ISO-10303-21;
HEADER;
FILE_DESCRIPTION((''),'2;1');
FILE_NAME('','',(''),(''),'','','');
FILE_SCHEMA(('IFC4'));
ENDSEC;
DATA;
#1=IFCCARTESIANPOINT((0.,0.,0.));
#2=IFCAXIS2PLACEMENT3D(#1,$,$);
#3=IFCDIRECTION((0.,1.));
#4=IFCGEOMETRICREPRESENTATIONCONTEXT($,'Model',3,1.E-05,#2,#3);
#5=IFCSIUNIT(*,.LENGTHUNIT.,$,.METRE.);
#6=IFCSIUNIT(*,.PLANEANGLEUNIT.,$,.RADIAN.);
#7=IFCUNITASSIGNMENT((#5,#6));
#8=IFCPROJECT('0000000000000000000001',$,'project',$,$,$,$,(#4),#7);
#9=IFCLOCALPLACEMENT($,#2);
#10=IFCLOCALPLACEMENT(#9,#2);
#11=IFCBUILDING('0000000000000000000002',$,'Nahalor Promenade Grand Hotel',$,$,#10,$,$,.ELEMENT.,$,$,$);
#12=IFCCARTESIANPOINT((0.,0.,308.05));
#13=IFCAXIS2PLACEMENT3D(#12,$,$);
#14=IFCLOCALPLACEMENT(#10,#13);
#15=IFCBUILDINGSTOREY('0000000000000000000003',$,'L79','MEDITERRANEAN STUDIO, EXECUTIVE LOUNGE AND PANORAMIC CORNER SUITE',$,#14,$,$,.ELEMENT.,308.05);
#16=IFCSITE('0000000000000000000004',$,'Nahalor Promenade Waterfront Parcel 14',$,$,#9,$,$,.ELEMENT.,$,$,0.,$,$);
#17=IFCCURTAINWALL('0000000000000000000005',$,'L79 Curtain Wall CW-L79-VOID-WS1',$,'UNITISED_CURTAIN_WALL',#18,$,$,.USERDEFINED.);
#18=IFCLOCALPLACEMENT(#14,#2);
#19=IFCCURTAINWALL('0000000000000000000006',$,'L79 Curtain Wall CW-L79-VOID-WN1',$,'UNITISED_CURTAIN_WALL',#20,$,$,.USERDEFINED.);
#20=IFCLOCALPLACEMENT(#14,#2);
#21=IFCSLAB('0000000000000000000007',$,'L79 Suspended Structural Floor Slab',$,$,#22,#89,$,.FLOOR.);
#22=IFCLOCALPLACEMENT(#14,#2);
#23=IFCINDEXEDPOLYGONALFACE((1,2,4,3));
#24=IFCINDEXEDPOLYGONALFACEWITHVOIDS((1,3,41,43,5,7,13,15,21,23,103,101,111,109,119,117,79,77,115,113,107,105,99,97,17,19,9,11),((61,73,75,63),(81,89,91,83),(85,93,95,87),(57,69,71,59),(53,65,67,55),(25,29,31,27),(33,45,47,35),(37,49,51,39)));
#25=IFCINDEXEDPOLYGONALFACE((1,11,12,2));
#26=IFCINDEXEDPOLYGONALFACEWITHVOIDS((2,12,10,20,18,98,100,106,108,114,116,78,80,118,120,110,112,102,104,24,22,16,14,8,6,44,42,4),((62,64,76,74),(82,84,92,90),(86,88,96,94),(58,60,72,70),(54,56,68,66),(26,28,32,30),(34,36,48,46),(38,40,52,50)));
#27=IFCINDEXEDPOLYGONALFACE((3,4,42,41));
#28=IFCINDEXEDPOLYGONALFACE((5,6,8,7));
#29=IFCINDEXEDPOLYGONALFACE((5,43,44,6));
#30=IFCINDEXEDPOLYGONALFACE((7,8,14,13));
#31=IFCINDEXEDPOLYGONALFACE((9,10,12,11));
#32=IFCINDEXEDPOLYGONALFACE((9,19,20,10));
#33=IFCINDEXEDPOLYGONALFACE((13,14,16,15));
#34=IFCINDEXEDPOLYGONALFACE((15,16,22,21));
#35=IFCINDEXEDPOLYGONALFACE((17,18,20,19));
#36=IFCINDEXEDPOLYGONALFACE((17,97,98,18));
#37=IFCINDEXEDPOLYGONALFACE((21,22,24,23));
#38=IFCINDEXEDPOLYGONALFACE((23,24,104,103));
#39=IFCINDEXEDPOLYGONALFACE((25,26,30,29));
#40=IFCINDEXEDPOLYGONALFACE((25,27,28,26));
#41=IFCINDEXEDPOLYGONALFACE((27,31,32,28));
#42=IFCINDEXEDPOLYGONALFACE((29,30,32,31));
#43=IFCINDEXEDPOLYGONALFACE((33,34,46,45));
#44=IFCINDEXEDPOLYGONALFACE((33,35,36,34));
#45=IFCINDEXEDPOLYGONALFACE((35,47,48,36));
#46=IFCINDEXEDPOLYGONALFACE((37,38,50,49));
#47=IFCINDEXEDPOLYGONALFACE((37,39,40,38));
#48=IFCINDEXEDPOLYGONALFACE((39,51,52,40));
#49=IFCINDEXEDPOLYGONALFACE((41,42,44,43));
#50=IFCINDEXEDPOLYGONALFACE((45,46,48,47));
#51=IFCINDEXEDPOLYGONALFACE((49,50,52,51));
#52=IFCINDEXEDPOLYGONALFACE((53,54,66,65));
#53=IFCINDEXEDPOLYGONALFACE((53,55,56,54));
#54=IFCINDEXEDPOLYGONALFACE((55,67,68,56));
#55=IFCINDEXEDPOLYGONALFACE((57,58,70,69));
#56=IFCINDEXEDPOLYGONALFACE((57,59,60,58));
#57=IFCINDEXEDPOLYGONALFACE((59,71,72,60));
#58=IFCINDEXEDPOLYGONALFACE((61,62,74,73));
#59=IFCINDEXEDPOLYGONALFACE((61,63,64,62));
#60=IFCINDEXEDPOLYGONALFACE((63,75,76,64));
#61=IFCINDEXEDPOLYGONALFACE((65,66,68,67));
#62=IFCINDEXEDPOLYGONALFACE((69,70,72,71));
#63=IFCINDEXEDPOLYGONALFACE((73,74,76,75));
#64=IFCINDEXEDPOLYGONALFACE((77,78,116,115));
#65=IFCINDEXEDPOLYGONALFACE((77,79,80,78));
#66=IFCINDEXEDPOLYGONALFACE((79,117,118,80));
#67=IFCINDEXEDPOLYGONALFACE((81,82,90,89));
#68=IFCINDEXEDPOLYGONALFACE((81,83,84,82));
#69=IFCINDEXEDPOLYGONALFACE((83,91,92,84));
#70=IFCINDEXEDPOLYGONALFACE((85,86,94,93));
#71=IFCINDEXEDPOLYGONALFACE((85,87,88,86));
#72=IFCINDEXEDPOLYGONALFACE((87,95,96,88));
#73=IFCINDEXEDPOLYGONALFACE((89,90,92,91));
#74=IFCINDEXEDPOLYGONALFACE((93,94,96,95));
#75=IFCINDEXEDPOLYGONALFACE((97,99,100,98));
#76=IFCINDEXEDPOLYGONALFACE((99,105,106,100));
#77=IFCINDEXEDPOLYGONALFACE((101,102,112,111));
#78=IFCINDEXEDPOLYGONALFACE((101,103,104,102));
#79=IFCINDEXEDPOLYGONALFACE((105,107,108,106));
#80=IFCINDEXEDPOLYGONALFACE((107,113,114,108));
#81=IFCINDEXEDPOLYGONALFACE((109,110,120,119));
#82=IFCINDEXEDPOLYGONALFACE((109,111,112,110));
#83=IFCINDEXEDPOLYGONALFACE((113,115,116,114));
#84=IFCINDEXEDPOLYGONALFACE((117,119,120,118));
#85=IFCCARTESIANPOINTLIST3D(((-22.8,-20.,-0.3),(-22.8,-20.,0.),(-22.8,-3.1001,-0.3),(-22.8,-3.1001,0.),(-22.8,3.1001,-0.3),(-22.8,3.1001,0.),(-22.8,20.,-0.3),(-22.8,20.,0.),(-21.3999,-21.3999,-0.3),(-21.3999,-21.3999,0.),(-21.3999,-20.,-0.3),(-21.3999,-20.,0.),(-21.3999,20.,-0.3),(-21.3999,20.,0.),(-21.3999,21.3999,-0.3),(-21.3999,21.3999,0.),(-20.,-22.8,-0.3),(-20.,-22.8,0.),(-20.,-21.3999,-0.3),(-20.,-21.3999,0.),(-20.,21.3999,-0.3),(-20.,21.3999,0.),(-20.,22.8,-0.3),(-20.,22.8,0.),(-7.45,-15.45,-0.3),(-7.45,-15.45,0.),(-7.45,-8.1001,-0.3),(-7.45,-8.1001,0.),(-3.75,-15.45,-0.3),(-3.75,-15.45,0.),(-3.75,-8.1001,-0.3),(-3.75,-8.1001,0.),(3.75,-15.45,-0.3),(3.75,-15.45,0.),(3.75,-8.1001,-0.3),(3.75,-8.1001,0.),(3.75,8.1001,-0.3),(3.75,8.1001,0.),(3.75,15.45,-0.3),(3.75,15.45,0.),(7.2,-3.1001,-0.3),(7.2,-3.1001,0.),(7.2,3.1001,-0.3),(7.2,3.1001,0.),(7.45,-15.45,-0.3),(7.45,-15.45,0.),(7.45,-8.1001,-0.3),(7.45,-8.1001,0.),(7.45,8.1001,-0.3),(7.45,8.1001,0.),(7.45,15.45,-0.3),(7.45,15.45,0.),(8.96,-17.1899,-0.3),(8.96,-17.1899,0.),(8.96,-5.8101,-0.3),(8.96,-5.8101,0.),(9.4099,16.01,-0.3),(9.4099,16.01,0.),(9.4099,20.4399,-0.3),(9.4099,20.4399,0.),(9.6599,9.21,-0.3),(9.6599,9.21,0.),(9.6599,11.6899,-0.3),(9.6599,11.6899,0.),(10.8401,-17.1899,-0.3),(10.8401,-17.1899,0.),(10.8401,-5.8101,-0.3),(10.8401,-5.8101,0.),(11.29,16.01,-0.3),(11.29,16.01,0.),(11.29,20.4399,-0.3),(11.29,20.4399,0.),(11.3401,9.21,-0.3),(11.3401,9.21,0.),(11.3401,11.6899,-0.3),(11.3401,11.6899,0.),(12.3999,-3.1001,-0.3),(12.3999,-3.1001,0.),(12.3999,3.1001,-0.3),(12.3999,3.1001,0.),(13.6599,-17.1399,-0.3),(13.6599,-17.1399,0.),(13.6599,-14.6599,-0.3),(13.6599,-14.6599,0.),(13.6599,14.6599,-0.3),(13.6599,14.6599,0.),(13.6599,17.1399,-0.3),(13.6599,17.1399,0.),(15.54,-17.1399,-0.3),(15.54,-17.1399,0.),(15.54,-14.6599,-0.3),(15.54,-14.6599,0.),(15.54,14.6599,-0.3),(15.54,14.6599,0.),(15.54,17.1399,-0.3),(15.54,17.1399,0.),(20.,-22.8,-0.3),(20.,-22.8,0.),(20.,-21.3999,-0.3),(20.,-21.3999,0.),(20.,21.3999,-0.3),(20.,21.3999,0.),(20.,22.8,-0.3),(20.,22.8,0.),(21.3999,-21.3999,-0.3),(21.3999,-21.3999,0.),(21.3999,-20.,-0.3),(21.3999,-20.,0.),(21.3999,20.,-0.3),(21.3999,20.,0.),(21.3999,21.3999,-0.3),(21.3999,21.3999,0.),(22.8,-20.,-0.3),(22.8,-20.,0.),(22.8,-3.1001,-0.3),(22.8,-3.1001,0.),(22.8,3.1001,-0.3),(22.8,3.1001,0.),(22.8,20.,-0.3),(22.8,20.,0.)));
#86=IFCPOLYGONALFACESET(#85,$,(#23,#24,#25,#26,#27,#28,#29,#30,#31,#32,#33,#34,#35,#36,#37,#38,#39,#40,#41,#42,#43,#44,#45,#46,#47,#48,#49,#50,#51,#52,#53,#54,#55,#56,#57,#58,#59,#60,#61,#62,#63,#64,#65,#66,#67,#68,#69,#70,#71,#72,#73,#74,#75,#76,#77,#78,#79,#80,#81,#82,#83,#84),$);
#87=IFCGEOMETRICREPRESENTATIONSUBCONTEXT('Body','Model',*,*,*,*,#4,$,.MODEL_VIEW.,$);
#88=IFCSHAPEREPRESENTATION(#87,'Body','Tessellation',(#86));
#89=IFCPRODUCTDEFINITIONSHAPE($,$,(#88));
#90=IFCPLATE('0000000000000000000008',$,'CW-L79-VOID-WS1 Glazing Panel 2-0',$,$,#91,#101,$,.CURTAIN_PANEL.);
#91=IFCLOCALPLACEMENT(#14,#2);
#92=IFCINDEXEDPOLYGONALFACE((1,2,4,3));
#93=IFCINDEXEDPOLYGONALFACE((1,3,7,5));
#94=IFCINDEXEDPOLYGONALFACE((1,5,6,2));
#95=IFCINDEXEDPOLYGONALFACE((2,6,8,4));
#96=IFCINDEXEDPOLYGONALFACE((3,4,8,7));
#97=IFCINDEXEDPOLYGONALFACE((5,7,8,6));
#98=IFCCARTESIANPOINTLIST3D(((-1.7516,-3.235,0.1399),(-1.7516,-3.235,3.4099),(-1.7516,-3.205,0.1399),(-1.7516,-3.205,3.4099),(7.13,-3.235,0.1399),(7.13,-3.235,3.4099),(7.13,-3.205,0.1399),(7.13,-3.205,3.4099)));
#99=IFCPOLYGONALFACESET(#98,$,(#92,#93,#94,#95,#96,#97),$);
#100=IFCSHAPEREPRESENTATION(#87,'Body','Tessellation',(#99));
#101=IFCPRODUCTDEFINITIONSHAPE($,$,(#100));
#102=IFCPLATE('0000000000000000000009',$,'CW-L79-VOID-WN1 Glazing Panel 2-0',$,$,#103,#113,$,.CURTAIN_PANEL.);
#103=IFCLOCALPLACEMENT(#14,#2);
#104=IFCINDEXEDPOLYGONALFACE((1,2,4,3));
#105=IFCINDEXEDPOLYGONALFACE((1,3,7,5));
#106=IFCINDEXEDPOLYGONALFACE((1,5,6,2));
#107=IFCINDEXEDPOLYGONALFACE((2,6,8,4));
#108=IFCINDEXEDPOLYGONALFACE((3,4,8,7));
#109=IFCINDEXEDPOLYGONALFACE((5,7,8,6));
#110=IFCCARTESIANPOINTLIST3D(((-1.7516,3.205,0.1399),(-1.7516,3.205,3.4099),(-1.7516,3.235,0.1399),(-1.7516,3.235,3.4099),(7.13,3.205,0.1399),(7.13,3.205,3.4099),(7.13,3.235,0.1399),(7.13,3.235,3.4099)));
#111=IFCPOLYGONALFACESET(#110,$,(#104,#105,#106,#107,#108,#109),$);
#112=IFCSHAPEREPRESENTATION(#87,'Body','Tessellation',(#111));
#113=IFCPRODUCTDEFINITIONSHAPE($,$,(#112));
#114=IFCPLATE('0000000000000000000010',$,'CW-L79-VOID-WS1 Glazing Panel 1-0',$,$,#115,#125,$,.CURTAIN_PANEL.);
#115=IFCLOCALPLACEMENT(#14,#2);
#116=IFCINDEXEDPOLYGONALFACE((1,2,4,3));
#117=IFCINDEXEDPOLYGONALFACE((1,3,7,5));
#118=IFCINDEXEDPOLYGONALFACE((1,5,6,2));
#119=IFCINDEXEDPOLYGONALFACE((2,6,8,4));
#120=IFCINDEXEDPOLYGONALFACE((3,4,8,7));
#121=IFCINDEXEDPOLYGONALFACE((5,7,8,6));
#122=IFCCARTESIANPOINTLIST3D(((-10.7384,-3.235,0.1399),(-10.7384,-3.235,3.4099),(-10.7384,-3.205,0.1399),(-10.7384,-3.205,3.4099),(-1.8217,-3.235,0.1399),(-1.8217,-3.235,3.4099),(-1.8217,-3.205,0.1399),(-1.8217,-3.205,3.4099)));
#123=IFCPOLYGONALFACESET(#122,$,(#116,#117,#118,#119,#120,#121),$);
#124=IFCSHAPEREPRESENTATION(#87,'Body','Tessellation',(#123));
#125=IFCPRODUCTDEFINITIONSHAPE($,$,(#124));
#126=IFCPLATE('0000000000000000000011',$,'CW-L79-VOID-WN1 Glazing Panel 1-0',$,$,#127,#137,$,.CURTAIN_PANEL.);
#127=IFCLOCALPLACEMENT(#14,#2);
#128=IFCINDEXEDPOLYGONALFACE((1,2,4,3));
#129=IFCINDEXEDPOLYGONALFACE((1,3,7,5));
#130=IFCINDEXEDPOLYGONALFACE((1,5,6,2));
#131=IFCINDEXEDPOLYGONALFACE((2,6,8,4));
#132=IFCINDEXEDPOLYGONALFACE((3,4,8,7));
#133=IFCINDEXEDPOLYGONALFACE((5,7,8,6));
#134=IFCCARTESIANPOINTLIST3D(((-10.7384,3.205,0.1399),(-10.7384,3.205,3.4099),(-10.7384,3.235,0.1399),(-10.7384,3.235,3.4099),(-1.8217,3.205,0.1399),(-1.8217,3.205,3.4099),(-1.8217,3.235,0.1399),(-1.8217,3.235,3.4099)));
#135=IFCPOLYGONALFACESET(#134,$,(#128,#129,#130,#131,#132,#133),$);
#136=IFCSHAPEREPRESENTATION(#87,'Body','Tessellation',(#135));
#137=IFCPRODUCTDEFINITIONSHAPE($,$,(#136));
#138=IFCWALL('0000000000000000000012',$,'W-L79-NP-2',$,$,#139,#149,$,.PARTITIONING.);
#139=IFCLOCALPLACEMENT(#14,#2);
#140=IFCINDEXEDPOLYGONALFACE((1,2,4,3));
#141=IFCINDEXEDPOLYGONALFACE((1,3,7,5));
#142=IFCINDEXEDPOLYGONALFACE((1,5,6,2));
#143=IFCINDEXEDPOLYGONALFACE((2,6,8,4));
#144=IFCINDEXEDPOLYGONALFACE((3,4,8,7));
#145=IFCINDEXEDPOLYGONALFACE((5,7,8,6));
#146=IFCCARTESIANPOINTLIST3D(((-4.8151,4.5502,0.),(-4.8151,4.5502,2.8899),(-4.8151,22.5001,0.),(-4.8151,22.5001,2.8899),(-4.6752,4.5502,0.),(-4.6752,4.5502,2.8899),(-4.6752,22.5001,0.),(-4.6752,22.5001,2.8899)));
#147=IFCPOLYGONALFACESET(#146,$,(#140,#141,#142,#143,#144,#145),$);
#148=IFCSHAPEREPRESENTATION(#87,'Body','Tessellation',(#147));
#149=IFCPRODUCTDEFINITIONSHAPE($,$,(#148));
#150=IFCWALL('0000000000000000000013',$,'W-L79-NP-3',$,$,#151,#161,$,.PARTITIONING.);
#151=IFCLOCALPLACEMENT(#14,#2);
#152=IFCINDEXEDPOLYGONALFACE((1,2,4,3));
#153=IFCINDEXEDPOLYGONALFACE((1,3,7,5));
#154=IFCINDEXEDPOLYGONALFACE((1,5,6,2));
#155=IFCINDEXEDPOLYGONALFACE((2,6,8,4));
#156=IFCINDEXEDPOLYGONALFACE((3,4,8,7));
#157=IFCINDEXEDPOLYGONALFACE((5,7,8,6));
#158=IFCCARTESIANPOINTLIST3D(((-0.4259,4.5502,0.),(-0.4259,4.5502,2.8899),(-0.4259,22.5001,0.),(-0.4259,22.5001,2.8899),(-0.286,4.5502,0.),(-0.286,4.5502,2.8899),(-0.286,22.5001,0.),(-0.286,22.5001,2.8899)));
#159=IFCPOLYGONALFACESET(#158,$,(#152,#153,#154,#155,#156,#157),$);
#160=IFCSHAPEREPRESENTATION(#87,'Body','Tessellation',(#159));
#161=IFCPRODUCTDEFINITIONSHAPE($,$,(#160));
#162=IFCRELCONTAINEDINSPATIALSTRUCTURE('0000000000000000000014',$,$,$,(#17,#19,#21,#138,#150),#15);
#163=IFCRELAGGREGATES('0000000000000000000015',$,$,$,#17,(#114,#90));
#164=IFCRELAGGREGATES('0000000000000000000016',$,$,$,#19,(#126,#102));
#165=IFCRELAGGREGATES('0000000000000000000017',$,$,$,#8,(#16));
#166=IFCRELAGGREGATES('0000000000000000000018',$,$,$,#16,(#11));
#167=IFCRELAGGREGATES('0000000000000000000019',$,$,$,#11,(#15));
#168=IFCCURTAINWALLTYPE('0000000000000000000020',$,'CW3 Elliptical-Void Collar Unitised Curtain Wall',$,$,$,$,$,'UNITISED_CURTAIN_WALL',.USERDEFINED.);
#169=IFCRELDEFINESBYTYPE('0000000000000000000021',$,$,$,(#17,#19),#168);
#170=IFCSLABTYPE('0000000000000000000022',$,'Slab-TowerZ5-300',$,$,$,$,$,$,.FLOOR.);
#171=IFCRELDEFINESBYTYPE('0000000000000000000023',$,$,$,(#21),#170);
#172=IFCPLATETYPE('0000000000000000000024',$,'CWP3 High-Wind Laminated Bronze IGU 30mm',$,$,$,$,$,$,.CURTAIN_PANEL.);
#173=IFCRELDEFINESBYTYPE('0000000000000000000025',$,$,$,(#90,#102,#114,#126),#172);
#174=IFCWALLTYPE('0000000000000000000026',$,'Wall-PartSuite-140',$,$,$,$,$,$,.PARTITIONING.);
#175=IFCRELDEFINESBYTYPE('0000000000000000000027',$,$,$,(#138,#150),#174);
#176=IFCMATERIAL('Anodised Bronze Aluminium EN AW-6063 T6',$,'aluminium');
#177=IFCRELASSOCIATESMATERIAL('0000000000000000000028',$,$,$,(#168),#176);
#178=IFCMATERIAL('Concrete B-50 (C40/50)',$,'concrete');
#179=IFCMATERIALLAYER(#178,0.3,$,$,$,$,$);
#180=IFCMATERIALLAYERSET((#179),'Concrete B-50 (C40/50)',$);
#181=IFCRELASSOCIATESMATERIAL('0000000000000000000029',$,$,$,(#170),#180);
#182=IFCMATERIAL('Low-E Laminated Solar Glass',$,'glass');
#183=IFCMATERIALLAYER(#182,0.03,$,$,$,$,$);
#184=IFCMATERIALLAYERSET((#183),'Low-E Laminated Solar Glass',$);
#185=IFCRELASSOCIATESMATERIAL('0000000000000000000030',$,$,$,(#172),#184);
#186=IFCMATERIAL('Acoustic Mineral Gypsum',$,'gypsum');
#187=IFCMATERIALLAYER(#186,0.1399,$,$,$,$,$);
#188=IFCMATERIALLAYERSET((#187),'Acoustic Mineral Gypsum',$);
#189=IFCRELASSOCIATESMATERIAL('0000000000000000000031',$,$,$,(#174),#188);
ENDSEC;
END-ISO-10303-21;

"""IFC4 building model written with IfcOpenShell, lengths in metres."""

from ifc_helpers import new_model, si_unit, direction, frame, frame_2d, origin, origin_2d, place, context, subcontext, project, spatial, polyline, rectangle, outline, extrude, source, transform, mapped, material, layer, layer_set, type_object, element, aggregate, save


model = new_model("IFC4")

# Units and contexts
model_context = context("Model", 3, precision=1e-05, world=origin(), true_north=direction((0.0, 1.0)))
body_context = subcontext(model_context, "Body", "Model", "MODEL_VIEW")
ifc_project = project(units=[si_unit("LENGTHUNIT", "METRE"), si_unit("PLANEANGLEUNIT", "RADIAN")], contexts=[model_context])

# Site, building, storey
site_placement = place(None, origin())
site = spatial("IfcSite", under=ifc_project, at=site_placement, Name="Nahalor Promenade Waterfront Parcel 14", CompositionType="ELEMENT", RefElevation=0.0)
building_placement = place(site_placement, origin())
building = spatial("IfcBuilding", under=site, at=building_placement, Name="Nahalor Promenade Grand Hotel", CompositionType="ELEMENT")
storey_placement = place(building_placement, frame((0.0, 0.0, 308.05)))
storey = spatial("IfcBuildingStorey", under=building, at=storey_placement, Name="L79", Description="MEDITERRANEAN STUDIO, EXECUTIVE LOUNGE AND PANORAMIC CORNER SUITE", CompositionType="ELEMENT", Elevation=308.05)

# Shared definitions
ifc_material_1 = material(Name="Concrete B-50 (C40/50)", Category="concrete")

# Curtain walls
ifc_material_2 = material(Name="Anodised Bronze Aluminium EN AW-6063 T6", Category="aluminium")
curtain_wall_type = type_object("IfcCurtainWallType", Name="CW3 Elliptical-Void Collar Unitised Curtain Wall", ElementType="UNITISED_CURTAIN_WALL", PredefinedType="USERDEFINED", material=ifc_material_2)
curtain_wall_1_placement = place(storey_placement, origin())
curtain_wall_1 = element("IfcCurtainWall", 1, at=curtain_wall_1_placement, inside=storey, type_object=curtain_wall_type, Name="L79 Curtain Wall CW-L79-VOID-WS1", ObjectType="UNITISED_CURTAIN_WALL", PredefinedType="USERDEFINED")
curtain_wall_2_placement = place(storey_placement, origin())
curtain_wall_2 = element("IfcCurtainWall", 2, at=curtain_wall_2_placement, inside=storey, type_object=curtain_wall_type, Name="L79 Curtain Wall CW-L79-VOID-WN1", ObjectType="UNITISED_CURTAIN_WALL", PredefinedType="USERDEFINED")

# Slab
ifc_layer_1 = layer(ifc_material_1, 0.3)
ifc_layer_set_1 = layer_set([ifc_layer_1], Name="Concrete B-50 (C40/50)")
slab_type_1 = type_object("IfcSlabType", Name="Slab-TowerZ5-300", PredefinedType="FLOOR", material=ifc_layer_set_1)
slab_1_placement = place(storey_placement, frame((0.0, 0.0, -0.3)))
element("IfcSlab", 3, at=slab_1_placement, inside=storey, type_object=slab_type_1, Name="L79 Suspended Structural Floor Slab", PredefinedType="FLOOR", context=body_context, shape_type="SweptSolid", body=[
    extrude(outline(polyline([(-20.0, -22.8), (20.0, -22.8), (20.0, -21.3999), (21.3999, -21.3999), (21.3999, -20.0), (22.8, -20.0), (22.8, -3.1001), (12.3999, -3.1001), (12.3999, 3.1001), (22.8, 3.1001), (22.8, 20.0), (21.3999, 20.0), (21.3999, 21.3999), (20.0, 21.3999), (20.0, 22.8), (-20.0, 22.8), (-20.0, 21.3999), (-21.3999, 21.3999), (-21.3999, 20.0), (-22.8, 20.0), (-22.8, 3.1001), (7.2, 3.1001), (7.2, -3.1001), (-22.8, -3.1001), (-22.8, -20.0), (-21.3999, -20.0), (-21.3999, -21.3999), (-20.0, -21.3999), (-20.0, -22.8)]), holes=[polyline([(3.75, 8.1001), (7.45, 8.1001), (7.45, 15.45), (3.75, 15.45), (3.75, 8.1001)]), polyline([(3.75, -15.45), (7.45, -15.45), (7.45, -8.1001), (3.75, -8.1001), (3.75, -15.45)]), polyline([(-7.45, -15.45), (-3.75, -15.45), (-3.75, -8.1001), (-7.45, -8.1001), (-7.45, -15.45)]), polyline([(8.96, -17.1899), (10.8401, -17.1899), (10.8401, -5.8101), (8.96, -5.8101), (8.96, -17.1899)]), polyline([(9.4099, 16.01), (11.29, 16.01), (11.29, 20.4399), (9.4099, 20.4399), (9.4099, 16.01)]), polyline([(9.6599, 9.21), (11.3401, 9.21), (11.3401, 11.6899), (9.6599, 11.6899), (9.6599, 9.21)]), polyline([(13.6599, 14.6599), (15.54, 14.6599), (15.54, 17.1399), (13.6599, 17.1399), (13.6599, 14.6599)]), polyline([(13.6599, -17.1399), (15.54, -17.1399), (15.54, -14.6599), (13.6599, -14.6599), (13.6599, -17.1399)])]), origin(), (0.0, 0.0, 1.0), 0.3),
])

# Plates
ifc_material_3 = material(Name="Low-E Laminated Solar Glass", Category="glass")
ifc_layer_2 = layer(ifc_material_3, 0.03)
ifc_layer_set_2 = layer_set([ifc_layer_2], Name="Low-E Laminated Solar Glass")
plate_type = type_object("IfcPlateType", Name="CWP3 High-Wind Laminated Bronze IGU 30mm", PredefinedType="CURTAIN_PANEL", material=ifc_layer_set_2)
shared_shape_1 = source(origin(), body_context, "Body", "SweptSolid", [
    extrude(rectangle(XDim=8.8816, YDim=0.03, at=origin_2d()), origin(), (0.0, 0.0, 1.0), 3.27),
])
plate_1_placement = place(storey_placement, frame((2.6892, -3.22, 0.1399), z_axis=(0.0, 0.0, 1.0), x_axis=(1.0, 0.0, 0.0)))
plate_1 = element("IfcPlate", 4, at=plate_1_placement, type_object=plate_type, Name="CW-L79-VOID-WS1 Glazing Panel 2-0", PredefinedType="CURTAIN_PANEL", context=body_context, shape_type="MappedRepresentation", body=[
    mapped(shared_shape_1, transform((0.0, 0.0, 0.0), scale=1.0)),
])
plate_2_placement = place(storey_placement, frame((2.6892, 3.22, 0.1399), z_axis=(0.0, 0.0, 1.0), x_axis=(1.0, 0.0, 0.0)))
plate_2 = element("IfcPlate", 5, at=plate_2_placement, type_object=plate_type, Name="CW-L79-VOID-WN1 Glazing Panel 2-0", PredefinedType="CURTAIN_PANEL", context=body_context, shape_type="MappedRepresentation", body=[
    mapped(shared_shape_1, transform((0.0, 0.0, 0.0), scale=1.0)),
])
shared_shape_2 = source(origin(), body_context, "Body", "SweptSolid", [
    extrude(rectangle(XDim=8.9167, YDim=0.03, at=origin_2d()), origin(), (0.0, 0.0, 1.0), 3.27),
])
plate_3_placement = place(storey_placement, frame((-6.28, -3.22, 0.1399), z_axis=(0.0, 0.0, 1.0), x_axis=(1.0, 0.0, 0.0)))
plate_3 = element("IfcPlate", 6, at=plate_3_placement, type_object=plate_type, Name="CW-L79-VOID-WS1 Glazing Panel 1-0", PredefinedType="CURTAIN_PANEL", context=body_context, shape_type="MappedRepresentation", body=[
    mapped(shared_shape_2, transform((0.0, 0.0, 0.0), scale=1.0)),
])
aggregate(curtain_wall_1, [plate_3, plate_1])
plate_4_placement = place(storey_placement, frame((-6.28, 3.22, 0.1399), z_axis=(0.0, 0.0, 1.0), x_axis=(1.0, 0.0, 0.0)))
plate_4 = element("IfcPlate", 7, at=plate_4_placement, type_object=plate_type, Name="CW-L79-VOID-WN1 Glazing Panel 1-0", PredefinedType="CURTAIN_PANEL", context=body_context, shape_type="MappedRepresentation", body=[
    mapped(shared_shape_2, transform((0.0, 0.0, 0.0), scale=1.0)),
])
aggregate(curtain_wall_2, [plate_4, plate_2])

# Walls
ifc_material_4 = material(Name="Acoustic Mineral Gypsum", Category="gypsum")
ifc_layer_3 = layer(ifc_material_4, 0.1399)
ifc_layer_set_3 = layer_set([ifc_layer_3], Name="Acoustic Mineral Gypsum")
wall_type = type_object("IfcWallType", Name="Wall-PartSuite-140", PredefinedType="PARTITIONING", material=ifc_layer_set_3)
shared_shape_3 = source(origin(), body_context, "Body", "SweptSolid", [
    extrude(rectangle(XDim=17.95, YDim=0.1399, at=frame_2d((8.9751, 0.0))), origin(), (0.0, 0.0, 1.0), 2.8899),
])
for number, where, z_axis, x_axis, name in (
    (8, (-4.7451, 4.55, 0.0), (0.0, 0.0, 1.0), (0.0, 1.0, 0.0), "W-L79-NP-2"),
    (9, (-0.356, 4.55, 0.0), (0.0, 0.0, 1.0), (0.0, 1.0, 0.0), "W-L79-NP-3"),
):
    element("IfcWall", number, at=place(storey_placement, frame(where, z_axis=z_axis, x_axis=x_axis)), inside=storey, type_object=wall_type, Name=name, PredefinedType="PARTITIONING", context=body_context, shape_type="MappedRepresentation", body=[
        mapped(shared_shape_3, transform((0.0, 0.0, 0.0), scale=1.0)),
    ])

save(model, "model.ifc")
